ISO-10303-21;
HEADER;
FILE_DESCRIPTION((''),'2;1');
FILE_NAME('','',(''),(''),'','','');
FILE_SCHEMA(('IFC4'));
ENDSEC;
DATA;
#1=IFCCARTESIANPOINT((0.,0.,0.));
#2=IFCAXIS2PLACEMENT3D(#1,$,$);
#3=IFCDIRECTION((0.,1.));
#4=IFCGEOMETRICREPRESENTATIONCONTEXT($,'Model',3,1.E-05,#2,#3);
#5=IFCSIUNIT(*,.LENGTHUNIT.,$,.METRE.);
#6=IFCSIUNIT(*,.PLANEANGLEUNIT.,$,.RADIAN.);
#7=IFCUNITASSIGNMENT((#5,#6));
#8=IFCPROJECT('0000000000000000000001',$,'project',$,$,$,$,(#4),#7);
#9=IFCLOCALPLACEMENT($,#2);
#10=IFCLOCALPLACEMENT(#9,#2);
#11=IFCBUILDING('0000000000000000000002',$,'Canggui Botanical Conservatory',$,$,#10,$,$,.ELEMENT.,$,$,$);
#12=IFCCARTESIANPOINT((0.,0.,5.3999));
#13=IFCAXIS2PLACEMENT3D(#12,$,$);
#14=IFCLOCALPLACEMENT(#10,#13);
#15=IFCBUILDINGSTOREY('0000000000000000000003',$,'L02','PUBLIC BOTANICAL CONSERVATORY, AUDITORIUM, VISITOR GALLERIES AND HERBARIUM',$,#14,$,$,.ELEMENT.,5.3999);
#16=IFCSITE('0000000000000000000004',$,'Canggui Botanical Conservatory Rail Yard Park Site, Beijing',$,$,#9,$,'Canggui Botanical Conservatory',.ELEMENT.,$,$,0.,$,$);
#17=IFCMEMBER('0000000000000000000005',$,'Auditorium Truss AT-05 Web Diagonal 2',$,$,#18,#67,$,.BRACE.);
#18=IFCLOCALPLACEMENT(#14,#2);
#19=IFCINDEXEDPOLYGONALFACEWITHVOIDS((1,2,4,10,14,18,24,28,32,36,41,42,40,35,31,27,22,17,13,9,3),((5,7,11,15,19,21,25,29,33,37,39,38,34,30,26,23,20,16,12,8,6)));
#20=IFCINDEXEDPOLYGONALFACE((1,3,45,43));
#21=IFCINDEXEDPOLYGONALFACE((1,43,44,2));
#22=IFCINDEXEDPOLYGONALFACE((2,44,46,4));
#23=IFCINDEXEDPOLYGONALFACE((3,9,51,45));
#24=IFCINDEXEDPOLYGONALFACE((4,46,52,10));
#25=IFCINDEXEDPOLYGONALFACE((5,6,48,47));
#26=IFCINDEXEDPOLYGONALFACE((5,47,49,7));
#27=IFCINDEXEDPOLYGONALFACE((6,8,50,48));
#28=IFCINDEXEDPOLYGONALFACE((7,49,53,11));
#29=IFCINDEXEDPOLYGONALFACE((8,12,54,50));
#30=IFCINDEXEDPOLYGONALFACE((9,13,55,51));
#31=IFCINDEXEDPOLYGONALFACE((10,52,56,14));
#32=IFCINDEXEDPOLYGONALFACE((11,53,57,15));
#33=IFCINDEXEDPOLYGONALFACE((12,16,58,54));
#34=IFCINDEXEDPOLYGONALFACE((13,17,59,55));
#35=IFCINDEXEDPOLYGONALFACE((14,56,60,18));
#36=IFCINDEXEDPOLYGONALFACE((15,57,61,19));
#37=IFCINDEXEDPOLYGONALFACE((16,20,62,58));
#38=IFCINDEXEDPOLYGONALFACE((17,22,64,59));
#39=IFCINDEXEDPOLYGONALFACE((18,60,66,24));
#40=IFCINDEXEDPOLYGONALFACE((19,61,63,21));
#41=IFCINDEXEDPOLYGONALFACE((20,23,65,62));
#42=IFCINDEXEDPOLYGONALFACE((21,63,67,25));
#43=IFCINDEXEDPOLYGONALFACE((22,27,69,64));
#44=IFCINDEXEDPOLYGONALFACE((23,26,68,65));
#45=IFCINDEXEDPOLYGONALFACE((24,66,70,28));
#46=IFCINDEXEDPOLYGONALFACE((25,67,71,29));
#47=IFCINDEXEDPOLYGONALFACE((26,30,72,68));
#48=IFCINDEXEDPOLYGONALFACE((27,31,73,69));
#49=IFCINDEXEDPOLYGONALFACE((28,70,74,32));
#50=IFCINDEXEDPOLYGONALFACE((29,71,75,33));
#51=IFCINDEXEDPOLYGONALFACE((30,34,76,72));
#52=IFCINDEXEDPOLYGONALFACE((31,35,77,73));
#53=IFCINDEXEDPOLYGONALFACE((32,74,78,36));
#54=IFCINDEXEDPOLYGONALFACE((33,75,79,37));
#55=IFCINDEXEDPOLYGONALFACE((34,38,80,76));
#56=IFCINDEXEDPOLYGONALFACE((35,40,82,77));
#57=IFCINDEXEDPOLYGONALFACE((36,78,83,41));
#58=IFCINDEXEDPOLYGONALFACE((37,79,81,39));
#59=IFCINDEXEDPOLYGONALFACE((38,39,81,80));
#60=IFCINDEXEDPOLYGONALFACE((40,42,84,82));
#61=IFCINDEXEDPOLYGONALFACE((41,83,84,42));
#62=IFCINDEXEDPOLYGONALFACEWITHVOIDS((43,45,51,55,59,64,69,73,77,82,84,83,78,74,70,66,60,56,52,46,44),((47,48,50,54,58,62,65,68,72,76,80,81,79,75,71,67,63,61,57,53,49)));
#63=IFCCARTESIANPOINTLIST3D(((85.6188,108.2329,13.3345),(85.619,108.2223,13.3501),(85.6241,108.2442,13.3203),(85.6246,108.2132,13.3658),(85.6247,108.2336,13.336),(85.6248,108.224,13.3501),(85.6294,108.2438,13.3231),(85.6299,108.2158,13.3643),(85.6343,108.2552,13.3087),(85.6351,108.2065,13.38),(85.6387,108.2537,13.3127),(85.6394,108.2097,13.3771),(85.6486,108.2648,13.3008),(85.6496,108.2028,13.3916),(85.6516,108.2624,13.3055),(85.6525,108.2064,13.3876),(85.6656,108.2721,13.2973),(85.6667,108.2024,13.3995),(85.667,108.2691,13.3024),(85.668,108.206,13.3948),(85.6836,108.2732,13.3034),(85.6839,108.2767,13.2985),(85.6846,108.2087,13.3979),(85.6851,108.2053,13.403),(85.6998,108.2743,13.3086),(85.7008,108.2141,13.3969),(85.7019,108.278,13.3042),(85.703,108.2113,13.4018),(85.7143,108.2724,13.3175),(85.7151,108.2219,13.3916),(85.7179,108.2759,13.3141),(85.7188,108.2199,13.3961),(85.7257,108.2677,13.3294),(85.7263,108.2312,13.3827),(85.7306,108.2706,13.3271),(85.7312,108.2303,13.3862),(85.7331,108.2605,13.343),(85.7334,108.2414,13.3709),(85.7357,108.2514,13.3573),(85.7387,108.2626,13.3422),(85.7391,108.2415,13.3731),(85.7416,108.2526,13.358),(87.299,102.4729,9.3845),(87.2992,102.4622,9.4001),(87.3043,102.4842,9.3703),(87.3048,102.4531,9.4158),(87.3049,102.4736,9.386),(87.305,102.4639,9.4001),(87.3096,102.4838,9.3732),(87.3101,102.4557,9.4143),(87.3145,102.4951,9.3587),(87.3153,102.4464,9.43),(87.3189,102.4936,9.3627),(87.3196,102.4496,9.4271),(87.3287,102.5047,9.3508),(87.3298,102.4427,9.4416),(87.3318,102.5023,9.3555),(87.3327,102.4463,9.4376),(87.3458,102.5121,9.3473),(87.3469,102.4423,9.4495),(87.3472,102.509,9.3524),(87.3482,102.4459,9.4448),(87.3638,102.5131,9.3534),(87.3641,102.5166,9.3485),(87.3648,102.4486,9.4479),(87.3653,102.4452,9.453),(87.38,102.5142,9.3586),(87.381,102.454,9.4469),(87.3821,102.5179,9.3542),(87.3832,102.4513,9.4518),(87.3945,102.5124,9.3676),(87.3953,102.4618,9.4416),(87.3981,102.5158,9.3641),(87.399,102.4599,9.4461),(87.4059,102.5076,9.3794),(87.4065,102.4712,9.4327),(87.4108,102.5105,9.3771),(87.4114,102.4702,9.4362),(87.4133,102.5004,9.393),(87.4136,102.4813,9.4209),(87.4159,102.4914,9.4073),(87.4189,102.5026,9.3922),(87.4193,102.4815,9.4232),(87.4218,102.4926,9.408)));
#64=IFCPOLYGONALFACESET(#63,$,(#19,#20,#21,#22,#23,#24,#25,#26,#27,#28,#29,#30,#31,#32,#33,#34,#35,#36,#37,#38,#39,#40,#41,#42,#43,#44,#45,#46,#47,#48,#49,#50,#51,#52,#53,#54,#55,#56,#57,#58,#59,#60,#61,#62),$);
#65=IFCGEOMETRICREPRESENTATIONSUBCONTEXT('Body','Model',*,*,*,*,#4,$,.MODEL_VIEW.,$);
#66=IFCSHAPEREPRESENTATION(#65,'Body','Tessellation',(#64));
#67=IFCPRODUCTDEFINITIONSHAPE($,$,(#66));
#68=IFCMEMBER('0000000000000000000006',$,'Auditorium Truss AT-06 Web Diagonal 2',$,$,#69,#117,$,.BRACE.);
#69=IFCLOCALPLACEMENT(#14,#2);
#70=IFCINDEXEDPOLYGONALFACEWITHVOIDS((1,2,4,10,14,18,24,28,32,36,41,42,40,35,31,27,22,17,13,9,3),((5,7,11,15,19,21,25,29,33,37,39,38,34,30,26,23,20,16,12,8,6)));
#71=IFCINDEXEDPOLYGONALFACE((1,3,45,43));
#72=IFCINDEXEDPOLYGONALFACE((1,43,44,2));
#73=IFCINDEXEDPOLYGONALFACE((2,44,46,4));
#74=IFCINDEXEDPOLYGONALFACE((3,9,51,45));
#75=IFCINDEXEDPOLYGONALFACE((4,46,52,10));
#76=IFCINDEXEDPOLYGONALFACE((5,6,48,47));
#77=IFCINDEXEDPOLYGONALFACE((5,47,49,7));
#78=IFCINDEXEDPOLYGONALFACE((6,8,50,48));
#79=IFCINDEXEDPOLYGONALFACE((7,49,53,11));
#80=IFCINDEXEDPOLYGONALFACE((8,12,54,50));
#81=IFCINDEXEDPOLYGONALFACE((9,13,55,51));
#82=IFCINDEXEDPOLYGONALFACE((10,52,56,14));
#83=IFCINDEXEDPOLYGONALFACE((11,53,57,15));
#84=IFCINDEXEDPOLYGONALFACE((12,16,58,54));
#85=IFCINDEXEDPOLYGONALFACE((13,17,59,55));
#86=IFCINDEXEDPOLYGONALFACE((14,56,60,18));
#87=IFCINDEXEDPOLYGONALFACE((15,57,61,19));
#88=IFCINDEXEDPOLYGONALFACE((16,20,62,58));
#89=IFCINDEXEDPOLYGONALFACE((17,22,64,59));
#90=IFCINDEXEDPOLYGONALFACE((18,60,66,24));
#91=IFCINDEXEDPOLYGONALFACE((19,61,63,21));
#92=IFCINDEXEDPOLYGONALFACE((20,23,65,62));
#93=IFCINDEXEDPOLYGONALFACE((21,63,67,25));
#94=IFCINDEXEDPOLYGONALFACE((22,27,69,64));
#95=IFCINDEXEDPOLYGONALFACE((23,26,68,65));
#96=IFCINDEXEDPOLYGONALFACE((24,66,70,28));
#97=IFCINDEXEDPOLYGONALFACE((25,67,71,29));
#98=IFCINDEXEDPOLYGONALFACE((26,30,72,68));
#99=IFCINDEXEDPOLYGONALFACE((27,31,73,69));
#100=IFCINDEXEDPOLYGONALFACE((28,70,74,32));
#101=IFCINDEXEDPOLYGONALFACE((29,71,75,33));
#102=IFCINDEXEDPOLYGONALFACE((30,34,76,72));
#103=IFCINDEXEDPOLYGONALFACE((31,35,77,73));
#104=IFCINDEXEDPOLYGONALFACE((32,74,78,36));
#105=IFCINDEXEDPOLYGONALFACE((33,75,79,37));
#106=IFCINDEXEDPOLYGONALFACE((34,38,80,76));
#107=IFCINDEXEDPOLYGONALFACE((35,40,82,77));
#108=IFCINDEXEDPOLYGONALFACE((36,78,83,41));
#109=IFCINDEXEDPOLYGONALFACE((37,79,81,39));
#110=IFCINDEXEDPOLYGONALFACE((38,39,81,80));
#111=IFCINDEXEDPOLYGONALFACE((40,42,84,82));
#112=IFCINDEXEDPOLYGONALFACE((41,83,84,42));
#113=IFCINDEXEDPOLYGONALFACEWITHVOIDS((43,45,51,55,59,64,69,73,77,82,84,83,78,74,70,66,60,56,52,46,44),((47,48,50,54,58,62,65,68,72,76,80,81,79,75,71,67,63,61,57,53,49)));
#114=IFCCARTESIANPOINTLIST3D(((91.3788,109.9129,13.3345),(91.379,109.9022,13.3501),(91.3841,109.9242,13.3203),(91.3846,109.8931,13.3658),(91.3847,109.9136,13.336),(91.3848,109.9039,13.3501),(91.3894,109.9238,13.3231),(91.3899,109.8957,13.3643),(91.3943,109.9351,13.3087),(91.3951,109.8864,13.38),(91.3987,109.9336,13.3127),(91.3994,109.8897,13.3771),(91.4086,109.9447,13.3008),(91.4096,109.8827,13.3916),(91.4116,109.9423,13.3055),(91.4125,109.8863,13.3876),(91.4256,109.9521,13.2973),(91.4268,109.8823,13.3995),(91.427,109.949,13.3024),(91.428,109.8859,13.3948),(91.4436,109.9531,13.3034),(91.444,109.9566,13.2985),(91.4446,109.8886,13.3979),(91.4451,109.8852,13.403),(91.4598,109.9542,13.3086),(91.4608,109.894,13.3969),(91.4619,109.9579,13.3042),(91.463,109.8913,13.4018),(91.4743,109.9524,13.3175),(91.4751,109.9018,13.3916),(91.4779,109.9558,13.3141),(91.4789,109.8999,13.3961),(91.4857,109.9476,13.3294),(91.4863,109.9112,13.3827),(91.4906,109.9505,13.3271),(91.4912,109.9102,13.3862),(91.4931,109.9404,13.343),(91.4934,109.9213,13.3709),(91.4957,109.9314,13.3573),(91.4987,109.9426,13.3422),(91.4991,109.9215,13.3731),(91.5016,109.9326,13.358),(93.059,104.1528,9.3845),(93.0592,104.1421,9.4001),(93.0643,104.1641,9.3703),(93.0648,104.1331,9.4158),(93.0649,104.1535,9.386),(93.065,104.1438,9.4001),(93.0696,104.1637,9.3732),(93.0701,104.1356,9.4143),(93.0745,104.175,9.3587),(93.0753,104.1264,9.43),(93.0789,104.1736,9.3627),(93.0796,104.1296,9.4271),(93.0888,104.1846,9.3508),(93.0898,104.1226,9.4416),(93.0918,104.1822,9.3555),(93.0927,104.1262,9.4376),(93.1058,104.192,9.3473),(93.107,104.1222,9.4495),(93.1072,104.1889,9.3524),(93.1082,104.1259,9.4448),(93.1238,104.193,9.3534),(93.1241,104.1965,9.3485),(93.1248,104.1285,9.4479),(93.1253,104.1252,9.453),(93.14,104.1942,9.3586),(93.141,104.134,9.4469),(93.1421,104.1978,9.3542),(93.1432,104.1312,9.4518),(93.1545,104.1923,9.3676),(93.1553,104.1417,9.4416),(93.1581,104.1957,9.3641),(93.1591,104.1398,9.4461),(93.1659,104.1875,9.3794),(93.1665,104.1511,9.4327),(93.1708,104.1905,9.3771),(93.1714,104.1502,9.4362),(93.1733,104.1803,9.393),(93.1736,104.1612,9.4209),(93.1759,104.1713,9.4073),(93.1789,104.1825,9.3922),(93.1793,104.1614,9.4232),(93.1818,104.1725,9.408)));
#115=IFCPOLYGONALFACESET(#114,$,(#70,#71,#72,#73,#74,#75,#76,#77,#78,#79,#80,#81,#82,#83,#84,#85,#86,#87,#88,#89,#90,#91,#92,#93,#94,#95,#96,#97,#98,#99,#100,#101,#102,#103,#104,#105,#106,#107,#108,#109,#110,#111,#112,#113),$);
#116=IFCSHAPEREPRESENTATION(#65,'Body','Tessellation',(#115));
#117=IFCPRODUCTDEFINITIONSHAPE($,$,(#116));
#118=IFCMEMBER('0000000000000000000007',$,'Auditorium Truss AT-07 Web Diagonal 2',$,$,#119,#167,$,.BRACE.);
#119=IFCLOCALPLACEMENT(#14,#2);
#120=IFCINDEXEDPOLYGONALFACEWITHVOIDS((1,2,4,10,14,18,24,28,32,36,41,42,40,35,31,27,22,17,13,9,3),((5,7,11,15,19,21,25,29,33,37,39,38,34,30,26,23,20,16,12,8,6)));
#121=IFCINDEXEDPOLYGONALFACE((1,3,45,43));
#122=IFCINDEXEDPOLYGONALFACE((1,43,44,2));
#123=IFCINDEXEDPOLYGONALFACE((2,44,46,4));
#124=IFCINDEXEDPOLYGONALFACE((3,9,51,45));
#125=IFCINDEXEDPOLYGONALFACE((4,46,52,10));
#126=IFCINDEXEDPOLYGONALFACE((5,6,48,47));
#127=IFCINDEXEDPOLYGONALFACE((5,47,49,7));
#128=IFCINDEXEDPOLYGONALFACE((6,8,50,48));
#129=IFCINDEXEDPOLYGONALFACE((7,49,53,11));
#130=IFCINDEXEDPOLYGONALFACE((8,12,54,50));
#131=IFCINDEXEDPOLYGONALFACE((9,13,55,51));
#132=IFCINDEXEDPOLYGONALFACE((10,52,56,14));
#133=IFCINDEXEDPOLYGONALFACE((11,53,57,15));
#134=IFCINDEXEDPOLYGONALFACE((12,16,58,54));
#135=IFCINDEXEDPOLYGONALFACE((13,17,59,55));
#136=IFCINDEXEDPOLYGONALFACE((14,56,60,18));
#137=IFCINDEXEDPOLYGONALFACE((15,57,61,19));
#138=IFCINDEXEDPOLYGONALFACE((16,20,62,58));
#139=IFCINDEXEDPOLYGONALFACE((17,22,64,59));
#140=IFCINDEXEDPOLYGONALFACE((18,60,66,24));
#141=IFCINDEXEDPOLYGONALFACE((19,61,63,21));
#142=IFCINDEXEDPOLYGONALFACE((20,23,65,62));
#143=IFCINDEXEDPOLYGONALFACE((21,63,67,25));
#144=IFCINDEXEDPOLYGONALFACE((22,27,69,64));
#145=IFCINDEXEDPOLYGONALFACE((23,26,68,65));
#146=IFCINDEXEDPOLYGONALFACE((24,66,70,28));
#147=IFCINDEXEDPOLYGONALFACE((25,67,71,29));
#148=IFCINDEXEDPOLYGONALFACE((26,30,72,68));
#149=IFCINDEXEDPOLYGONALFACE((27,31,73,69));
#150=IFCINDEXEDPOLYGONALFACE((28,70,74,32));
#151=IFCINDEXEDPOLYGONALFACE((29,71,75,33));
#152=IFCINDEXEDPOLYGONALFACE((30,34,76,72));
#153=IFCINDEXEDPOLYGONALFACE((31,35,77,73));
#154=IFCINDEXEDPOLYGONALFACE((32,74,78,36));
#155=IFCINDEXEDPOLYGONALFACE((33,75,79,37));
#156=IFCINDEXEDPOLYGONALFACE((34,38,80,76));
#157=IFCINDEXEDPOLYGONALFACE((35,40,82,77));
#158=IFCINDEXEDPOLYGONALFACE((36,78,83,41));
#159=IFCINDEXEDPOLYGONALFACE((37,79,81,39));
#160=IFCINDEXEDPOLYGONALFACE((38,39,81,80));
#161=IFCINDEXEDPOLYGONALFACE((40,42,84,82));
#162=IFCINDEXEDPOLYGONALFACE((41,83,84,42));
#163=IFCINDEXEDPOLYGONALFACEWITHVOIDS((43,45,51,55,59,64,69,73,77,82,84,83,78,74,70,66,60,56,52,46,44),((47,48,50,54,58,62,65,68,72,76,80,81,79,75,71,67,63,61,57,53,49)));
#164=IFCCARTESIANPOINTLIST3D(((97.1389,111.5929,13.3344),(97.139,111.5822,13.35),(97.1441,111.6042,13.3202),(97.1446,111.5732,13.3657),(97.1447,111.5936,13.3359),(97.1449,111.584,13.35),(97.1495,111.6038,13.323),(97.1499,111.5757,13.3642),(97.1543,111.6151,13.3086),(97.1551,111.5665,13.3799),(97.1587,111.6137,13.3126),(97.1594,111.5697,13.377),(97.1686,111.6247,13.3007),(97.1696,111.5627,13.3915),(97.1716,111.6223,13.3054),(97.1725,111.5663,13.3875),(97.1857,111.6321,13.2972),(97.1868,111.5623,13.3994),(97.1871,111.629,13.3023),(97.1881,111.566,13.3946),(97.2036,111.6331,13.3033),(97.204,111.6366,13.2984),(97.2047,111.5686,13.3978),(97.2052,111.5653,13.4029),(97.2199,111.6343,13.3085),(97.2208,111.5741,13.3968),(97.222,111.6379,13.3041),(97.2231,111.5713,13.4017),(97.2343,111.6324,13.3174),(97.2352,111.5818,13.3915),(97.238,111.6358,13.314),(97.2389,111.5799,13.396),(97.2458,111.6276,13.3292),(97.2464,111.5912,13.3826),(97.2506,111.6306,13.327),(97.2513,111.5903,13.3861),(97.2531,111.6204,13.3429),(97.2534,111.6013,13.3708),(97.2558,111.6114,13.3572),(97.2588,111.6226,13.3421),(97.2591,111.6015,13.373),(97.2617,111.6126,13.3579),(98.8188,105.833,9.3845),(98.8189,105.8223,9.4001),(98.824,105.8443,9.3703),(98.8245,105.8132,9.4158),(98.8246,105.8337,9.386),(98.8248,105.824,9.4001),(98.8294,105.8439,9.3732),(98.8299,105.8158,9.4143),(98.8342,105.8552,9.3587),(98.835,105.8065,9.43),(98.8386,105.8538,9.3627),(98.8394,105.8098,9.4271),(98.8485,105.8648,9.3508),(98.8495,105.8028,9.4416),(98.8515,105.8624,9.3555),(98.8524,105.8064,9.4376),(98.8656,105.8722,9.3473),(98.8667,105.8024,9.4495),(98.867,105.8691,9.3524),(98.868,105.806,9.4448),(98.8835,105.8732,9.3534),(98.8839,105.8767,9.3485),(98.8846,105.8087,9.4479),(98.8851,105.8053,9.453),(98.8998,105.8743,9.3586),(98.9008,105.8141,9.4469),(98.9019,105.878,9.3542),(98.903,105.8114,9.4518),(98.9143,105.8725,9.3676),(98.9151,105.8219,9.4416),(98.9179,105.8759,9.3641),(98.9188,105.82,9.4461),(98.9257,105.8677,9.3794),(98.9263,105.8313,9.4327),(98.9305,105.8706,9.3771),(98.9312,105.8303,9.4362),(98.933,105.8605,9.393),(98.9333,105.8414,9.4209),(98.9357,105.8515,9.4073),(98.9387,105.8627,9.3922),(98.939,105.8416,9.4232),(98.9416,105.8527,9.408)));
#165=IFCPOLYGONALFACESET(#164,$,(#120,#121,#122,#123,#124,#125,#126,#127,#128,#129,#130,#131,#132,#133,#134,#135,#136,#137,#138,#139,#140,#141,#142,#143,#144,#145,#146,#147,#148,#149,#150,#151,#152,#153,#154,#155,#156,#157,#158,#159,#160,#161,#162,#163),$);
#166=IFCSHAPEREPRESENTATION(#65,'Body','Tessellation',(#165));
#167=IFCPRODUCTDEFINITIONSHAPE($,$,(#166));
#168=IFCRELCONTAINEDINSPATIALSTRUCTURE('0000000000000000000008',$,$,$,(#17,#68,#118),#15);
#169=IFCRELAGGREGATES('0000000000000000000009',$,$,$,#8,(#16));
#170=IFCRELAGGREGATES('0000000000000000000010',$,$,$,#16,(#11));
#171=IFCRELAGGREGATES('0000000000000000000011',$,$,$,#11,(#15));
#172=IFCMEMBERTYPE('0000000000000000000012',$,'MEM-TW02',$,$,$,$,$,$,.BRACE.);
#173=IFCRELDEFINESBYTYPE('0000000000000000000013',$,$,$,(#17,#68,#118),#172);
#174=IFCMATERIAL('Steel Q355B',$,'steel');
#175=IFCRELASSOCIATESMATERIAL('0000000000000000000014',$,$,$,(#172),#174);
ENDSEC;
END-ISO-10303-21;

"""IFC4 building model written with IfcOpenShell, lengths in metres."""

from ifc_helpers import new_model, si_unit, direction, frame, origin, origin_2d, place, context, subcontext, project, spatial, hollow_circle, extrude, material, material_profile, profile_set, type_object, element, save


model = new_model("IFC4")

# Units and contexts
model_context = context("Model", 3, precision=1e-05, world=origin(), true_north=direction((0.0, 1.0)))
body_context = subcontext(model_context, "Body", "Model", "MODEL_VIEW")
ifc_project = project(units=[si_unit("LENGTHUNIT", "METRE"), si_unit("PLANEANGLEUNIT", "RADIAN")], contexts=[model_context])

# Site, building, storey
site_placement = place(None, origin())
site = spatial("IfcSite", under=ifc_project, at=site_placement, Name="Canggui Botanical Conservatory Rail Yard Park Site, Beijing", LongName="Canggui Botanical Conservatory", CompositionType="ELEMENT", RefElevation=0.0)
building_placement = place(site_placement, origin())
building = spatial("IfcBuilding", under=site, at=building_placement, Name="Canggui Botanical Conservatory", CompositionType="ELEMENT")
storey_placement = place(building_placement, frame((0.0, 0.0, 5.3999)))
storey = spatial("IfcBuildingStorey", under=building, at=storey_placement, Name="L02", Description="PUBLIC BOTANICAL CONSERVATORY, AUDITORIUM, VISITOR GALLERIES AND HERBARIUM", CompositionType="ELEMENT", Elevation=5.3999)

# Shared definitions
ifc_material_1 = material(Name="Steel Q355B", Category="steel")

# Members
ifc_material_profile_1 = material_profile(ifc_material_1, hollow_circle(Radius=0.0635, WallThickness=0.0061, at=origin_2d()), Name="CHS 127x6")
ifc_profile_set_1 = profile_set([ifc_material_profile_1], Name="Steel Q355B")
member_type_1 = type_object("IfcMemberType", Name="MEM-TW02", PredefinedType="BRACE", material=ifc_profile_set_1)
for number, where, z_axis, x_axis, name in (
    (1, (87.3601, 102.48, 9.4001), (-0.233893, 0.801838, 0.549864), (-0.959992, -0.280027, 0.0), "Auditorium Truss AT-05 Web Diagonal 2"),
    (2, (93.1201, 104.1599, 9.4001), (-0.233893, 0.801838, 0.549864), (-0.959992, -0.280027, 0.0), "Auditorium Truss AT-06 Web Diagonal 2"),
):
    element("IfcMember", number, at=place(storey_placement, frame(where, z_axis=z_axis, x_axis=x_axis)), inside=storey, type_object=member_type_1, Name=name, PredefinedType="BRACE", context=body_context, shape_type="SweptSolid", body=[
        extrude(hollow_circle(Radius=0.0635, WallThickness=0.0061, at=origin_2d()), origin(), (0.0, 0.0, 1.0), 7.1836),
    ])
member_1_placement = place(storey_placement, frame((98.8799, 105.8401, 9.4001), z_axis=(-0.233861, 0.801844, 0.549868), x_axis=(-0.960003, -0.279989, 0.0)))
element("IfcMember", 3, at=member_1_placement, inside=storey, type_object=member_type_1, Name="Auditorium Truss AT-07 Web Diagonal 2", PredefinedType="BRACE", context=body_context, shape_type="SweptSolid", body=[
    extrude(hollow_circle(Radius=0.0635, WallThickness=0.0061, at=origin_2d()), origin(), (0.0, 0.0, 1.0), 7.1833),
])

save(model, "model.ifc")
